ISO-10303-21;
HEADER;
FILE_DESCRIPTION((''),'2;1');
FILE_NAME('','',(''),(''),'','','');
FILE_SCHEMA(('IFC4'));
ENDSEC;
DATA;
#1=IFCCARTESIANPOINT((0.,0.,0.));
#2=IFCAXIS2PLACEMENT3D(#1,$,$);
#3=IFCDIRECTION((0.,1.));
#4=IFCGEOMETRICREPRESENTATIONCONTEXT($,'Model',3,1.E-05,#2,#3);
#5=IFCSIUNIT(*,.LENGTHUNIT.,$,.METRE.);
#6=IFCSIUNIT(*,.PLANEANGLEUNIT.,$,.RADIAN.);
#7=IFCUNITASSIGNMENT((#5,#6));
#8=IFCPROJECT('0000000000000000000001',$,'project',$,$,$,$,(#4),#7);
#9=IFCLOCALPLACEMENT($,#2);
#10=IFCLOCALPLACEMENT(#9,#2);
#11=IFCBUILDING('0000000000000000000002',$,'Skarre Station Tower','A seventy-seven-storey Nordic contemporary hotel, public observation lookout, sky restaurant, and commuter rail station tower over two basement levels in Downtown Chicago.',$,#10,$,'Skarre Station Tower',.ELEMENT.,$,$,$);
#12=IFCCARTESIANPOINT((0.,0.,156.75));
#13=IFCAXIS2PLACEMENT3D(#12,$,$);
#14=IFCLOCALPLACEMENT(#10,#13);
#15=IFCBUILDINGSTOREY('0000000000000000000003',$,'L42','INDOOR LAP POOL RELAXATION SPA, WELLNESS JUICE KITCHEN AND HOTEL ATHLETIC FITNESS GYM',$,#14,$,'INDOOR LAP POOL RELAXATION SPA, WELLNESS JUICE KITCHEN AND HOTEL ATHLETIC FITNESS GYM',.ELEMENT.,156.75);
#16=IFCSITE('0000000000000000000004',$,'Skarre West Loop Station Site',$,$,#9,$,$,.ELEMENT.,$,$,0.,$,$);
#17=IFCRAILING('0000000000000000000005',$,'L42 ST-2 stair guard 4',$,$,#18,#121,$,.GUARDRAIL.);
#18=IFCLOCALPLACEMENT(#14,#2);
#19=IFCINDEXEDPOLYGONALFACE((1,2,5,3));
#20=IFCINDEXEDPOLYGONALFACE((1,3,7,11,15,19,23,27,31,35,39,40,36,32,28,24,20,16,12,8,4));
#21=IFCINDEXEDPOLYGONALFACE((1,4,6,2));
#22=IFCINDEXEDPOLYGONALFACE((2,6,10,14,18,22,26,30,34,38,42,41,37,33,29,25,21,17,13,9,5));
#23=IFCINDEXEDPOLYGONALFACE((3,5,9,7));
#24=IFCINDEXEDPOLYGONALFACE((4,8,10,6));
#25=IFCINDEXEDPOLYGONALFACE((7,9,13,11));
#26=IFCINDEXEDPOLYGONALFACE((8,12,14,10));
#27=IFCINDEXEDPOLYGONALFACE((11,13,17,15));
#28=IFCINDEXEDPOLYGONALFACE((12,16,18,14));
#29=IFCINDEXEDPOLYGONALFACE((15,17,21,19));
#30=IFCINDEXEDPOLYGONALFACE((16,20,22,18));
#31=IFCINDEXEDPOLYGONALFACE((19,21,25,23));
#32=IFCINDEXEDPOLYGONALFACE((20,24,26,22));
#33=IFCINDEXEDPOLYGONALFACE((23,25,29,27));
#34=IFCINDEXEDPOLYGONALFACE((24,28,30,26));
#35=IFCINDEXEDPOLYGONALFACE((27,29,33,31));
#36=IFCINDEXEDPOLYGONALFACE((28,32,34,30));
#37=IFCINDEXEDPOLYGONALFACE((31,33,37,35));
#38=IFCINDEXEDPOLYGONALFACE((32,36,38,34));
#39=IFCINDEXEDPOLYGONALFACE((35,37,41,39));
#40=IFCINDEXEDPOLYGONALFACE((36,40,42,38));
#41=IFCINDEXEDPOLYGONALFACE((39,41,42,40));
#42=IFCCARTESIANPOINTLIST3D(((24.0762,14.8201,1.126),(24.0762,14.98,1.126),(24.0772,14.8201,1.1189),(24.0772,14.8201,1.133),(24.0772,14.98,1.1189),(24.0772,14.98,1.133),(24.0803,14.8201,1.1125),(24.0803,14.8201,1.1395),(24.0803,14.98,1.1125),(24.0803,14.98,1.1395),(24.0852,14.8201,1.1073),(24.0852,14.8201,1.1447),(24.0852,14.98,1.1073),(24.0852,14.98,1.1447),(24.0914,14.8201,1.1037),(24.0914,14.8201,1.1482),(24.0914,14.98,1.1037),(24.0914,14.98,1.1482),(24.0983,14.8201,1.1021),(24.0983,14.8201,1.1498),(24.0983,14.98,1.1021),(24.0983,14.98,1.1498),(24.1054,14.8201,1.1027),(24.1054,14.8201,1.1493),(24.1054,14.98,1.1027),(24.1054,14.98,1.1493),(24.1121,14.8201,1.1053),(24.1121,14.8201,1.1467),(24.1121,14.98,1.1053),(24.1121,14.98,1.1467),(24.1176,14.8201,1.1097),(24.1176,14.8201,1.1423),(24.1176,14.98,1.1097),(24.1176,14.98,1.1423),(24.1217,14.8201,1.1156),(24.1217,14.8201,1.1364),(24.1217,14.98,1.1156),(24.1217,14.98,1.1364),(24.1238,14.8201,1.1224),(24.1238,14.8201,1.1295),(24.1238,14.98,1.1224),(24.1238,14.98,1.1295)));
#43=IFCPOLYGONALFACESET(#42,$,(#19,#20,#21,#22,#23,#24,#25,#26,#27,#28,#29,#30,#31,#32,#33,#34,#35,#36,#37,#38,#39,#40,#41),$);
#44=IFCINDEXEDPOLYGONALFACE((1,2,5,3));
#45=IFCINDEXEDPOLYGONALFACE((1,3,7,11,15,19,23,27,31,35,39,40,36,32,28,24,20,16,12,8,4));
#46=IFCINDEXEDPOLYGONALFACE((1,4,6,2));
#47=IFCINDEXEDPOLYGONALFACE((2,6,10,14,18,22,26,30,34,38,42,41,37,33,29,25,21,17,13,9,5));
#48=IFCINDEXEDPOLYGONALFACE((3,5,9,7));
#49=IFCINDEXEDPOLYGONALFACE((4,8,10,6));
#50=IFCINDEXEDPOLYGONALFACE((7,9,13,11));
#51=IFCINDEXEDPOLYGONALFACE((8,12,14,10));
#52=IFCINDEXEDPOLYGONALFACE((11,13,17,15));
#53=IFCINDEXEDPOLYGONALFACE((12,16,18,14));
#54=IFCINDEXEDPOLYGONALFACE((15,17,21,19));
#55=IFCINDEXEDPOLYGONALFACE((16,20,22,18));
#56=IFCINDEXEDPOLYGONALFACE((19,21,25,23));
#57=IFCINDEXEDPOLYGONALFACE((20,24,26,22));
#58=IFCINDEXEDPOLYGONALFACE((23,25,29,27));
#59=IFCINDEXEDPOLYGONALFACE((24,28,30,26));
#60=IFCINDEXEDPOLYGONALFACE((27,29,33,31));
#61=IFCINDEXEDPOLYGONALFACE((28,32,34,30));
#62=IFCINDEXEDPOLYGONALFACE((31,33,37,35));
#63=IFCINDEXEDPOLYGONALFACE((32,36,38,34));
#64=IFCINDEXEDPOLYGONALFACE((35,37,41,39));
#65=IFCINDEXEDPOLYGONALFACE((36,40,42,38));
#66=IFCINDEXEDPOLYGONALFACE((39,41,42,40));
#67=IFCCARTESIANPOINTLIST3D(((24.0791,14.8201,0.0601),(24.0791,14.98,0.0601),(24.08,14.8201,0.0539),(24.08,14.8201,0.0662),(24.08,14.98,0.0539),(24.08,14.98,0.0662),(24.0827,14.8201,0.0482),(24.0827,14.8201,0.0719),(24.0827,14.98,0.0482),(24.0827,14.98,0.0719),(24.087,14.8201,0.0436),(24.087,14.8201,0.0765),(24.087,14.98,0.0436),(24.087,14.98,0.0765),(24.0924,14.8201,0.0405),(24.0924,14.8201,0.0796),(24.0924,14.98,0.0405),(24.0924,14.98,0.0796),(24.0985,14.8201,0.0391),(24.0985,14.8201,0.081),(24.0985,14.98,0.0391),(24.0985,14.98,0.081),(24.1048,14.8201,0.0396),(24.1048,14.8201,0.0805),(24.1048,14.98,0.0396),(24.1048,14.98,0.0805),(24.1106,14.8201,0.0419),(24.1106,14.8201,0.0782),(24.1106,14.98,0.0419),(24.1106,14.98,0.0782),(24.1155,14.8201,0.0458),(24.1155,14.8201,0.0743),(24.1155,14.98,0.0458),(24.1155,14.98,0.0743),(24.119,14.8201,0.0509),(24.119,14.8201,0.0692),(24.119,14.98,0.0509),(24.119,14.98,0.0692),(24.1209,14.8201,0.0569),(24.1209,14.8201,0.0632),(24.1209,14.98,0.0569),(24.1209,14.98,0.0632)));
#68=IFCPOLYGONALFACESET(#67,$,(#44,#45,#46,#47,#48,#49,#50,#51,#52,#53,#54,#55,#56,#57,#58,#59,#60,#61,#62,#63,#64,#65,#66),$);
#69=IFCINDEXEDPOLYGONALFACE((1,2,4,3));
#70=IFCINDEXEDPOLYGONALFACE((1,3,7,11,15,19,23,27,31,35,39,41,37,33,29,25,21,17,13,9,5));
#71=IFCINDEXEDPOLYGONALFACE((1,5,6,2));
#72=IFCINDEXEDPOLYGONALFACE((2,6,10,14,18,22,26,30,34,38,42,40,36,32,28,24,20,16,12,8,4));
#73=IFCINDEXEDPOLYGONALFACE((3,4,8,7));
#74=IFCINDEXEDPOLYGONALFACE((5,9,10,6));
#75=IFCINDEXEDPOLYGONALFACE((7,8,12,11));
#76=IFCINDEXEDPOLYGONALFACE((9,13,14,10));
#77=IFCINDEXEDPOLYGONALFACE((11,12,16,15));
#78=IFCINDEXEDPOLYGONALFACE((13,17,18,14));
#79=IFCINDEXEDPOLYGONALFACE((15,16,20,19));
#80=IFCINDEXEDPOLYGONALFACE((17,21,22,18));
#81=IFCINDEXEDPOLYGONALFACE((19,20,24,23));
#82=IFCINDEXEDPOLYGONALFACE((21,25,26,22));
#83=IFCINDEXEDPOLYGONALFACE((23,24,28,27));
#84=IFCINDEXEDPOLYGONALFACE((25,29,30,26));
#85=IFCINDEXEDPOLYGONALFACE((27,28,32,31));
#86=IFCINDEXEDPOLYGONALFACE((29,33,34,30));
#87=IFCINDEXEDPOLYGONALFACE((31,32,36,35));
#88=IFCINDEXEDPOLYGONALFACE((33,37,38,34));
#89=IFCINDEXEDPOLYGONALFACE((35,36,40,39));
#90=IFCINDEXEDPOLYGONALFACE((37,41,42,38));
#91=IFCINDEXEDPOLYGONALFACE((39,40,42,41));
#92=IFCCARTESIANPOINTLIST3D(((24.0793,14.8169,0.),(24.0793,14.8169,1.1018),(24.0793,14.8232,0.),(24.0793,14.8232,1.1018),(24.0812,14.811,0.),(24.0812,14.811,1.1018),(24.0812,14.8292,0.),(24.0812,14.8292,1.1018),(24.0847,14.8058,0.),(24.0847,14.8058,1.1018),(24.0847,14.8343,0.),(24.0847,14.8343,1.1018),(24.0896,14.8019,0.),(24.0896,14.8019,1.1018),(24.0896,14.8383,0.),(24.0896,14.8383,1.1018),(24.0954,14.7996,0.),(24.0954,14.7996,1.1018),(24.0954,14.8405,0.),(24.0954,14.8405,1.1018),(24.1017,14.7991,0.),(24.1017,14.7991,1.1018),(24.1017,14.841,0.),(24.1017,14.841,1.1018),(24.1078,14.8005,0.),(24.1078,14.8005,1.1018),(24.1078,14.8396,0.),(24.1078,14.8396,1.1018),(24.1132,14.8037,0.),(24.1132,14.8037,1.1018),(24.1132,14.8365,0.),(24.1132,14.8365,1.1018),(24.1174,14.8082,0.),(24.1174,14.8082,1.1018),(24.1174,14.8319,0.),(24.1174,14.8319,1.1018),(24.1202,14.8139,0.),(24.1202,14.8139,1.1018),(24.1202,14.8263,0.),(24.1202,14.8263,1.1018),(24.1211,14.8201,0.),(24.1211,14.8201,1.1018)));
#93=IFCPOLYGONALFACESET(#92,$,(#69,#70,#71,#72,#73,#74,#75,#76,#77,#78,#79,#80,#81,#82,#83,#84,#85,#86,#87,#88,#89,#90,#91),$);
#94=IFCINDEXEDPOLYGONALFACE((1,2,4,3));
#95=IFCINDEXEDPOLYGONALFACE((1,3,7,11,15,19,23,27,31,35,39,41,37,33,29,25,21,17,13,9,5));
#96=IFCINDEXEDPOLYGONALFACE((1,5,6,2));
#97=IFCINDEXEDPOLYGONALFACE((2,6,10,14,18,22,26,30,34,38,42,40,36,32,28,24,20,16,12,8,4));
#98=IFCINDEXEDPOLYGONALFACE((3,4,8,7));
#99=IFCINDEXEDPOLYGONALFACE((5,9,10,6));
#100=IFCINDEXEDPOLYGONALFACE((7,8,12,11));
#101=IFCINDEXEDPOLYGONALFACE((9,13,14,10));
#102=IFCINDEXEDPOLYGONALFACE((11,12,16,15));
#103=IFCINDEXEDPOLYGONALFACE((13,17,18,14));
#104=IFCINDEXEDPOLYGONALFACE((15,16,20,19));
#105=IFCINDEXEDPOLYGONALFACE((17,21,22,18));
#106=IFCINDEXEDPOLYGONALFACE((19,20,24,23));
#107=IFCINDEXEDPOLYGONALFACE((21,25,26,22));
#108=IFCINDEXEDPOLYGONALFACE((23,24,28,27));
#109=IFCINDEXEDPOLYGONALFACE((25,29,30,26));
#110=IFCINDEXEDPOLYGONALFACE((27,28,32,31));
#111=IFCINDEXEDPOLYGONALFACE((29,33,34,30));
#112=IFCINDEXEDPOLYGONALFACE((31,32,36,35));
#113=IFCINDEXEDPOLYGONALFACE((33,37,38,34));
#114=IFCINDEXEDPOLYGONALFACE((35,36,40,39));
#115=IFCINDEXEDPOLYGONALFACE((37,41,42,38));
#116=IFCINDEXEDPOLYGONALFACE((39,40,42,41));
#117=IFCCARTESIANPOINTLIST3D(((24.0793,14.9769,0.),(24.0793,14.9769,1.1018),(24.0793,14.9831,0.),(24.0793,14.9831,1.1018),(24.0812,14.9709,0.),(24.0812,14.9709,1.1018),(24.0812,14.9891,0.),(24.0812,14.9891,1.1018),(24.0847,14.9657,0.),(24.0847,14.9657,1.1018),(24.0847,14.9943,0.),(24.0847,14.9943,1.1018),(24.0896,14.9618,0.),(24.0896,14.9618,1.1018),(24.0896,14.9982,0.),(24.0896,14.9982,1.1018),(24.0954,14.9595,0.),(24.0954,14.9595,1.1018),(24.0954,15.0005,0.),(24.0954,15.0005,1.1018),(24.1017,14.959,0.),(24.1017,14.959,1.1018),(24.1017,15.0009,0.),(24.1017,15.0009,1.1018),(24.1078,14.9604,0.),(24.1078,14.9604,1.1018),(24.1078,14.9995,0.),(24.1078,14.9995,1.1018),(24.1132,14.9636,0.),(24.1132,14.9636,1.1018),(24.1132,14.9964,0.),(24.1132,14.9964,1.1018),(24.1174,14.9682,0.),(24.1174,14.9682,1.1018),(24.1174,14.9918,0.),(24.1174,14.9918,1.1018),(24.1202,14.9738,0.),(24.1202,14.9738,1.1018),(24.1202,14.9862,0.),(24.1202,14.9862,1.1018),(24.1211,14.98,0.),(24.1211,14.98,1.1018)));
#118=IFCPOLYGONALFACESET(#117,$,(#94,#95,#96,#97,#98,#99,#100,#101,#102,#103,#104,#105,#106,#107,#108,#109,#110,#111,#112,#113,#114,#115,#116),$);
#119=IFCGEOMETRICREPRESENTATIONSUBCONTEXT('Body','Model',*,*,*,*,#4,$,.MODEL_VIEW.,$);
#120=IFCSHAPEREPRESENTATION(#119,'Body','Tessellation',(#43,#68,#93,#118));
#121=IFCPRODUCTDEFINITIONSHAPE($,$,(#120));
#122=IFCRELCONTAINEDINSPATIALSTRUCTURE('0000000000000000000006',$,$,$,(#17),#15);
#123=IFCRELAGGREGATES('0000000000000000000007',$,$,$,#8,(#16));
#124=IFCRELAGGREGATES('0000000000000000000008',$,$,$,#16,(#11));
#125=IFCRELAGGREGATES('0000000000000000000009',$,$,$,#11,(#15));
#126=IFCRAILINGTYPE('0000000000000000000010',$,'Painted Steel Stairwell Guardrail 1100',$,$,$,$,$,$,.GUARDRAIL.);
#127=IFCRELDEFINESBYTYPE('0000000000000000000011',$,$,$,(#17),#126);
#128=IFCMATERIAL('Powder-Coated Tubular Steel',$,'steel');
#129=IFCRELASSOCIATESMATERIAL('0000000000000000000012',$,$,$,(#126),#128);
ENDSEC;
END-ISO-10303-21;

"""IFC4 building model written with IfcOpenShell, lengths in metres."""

from ifc_helpers import new_model, si_unit, direction, frame, origin, origin_2d, place, context, subcontext, project, spatial, circle, extrude, material, type_object, element, save


model = new_model("IFC4")

# Units and contexts
model_context = context("Model", 3, precision=1e-05, world=origin(), true_north=direction((0.0, 1.0)))
body_context = subcontext(model_context, "Body", "Model", "MODEL_VIEW")
ifc_project = project(units=[si_unit("LENGTHUNIT", "METRE"), si_unit("PLANEANGLEUNIT", "RADIAN")], contexts=[model_context])

# Site, building, storey
site_placement = place(None, origin())
site = spatial("IfcSite", under=ifc_project, at=site_placement, Name="Skarre West Loop Station Site", CompositionType="ELEMENT", RefElevation=0.0)
building_placement = place(site_placement, origin())
building = spatial("IfcBuilding", under=site, at=building_placement, Name="Skarre Station Tower", Description="A seventy-seven-storey Nordic contemporary hotel, public observation lookout, sky restaurant, and commuter rail station tower over two basement levels in Downtown Chicago.", LongName="Skarre Station Tower", CompositionType="ELEMENT")
storey_placement = place(building_placement, frame((0.0, 0.0, 156.75)))
storey = spatial("IfcBuildingStorey", under=building, at=storey_placement, Name="L42", Description="INDOOR LAP POOL RELAXATION SPA, WELLNESS JUICE KITCHEN AND HOTEL ATHLETIC FITNESS GYM", LongName="INDOOR LAP POOL RELAXATION SPA, WELLNESS JUICE KITCHEN AND HOTEL ATHLETIC FITNESS GYM", CompositionType="ELEMENT", Elevation=156.75)

# Railing
ifc_material_1 = material(Name="Powder-Coated Tubular Steel", Category="steel")
railing_type_1 = type_object("IfcRailingType", Name="Painted Steel Stairwell Guardrail 1100", PredefinedType="GUARDRAIL", material=ifc_material_1)
railing_1_placement = place(storey_placement, frame((24.1001, 14.8201, 0.0)))
element("IfcRailing", 1, at=railing_1_placement, inside=storey, type_object=railing_type_1, Name="L42 ST-2 stair guard 4", PredefinedType="GUARDRAIL", context=body_context, shape_type="SweptSolid", body=[
    extrude(circle(Radius=0.0239, at=origin_2d()), frame((0.0, 0.0, 1.126), z_axis=(0.0, 1.0, 0.0), x_axis=(-1.0, 0.0, 0.0)), (0.0, 0.0, 1.0), 0.1599),
    extrude(circle(Radius=0.021, at=origin_2d()), frame((0.0, 0.0, 0.0601), z_axis=(0.0, 1.0, 0.0), x_axis=(-1.0, 0.0, 0.0)), (0.0, 0.0, 1.0), 0.1599),
    extrude(circle(Radius=0.021, at=origin_2d()), origin(), (0.0, 0.0, 1.0), 1.1018),
    extrude(circle(Radius=0.021, at=origin_2d()), frame((0.0, 0.1599, 0.0)), (0.0, 0.0, 1.0), 1.1018),
])

save(model, "model.ifc")
